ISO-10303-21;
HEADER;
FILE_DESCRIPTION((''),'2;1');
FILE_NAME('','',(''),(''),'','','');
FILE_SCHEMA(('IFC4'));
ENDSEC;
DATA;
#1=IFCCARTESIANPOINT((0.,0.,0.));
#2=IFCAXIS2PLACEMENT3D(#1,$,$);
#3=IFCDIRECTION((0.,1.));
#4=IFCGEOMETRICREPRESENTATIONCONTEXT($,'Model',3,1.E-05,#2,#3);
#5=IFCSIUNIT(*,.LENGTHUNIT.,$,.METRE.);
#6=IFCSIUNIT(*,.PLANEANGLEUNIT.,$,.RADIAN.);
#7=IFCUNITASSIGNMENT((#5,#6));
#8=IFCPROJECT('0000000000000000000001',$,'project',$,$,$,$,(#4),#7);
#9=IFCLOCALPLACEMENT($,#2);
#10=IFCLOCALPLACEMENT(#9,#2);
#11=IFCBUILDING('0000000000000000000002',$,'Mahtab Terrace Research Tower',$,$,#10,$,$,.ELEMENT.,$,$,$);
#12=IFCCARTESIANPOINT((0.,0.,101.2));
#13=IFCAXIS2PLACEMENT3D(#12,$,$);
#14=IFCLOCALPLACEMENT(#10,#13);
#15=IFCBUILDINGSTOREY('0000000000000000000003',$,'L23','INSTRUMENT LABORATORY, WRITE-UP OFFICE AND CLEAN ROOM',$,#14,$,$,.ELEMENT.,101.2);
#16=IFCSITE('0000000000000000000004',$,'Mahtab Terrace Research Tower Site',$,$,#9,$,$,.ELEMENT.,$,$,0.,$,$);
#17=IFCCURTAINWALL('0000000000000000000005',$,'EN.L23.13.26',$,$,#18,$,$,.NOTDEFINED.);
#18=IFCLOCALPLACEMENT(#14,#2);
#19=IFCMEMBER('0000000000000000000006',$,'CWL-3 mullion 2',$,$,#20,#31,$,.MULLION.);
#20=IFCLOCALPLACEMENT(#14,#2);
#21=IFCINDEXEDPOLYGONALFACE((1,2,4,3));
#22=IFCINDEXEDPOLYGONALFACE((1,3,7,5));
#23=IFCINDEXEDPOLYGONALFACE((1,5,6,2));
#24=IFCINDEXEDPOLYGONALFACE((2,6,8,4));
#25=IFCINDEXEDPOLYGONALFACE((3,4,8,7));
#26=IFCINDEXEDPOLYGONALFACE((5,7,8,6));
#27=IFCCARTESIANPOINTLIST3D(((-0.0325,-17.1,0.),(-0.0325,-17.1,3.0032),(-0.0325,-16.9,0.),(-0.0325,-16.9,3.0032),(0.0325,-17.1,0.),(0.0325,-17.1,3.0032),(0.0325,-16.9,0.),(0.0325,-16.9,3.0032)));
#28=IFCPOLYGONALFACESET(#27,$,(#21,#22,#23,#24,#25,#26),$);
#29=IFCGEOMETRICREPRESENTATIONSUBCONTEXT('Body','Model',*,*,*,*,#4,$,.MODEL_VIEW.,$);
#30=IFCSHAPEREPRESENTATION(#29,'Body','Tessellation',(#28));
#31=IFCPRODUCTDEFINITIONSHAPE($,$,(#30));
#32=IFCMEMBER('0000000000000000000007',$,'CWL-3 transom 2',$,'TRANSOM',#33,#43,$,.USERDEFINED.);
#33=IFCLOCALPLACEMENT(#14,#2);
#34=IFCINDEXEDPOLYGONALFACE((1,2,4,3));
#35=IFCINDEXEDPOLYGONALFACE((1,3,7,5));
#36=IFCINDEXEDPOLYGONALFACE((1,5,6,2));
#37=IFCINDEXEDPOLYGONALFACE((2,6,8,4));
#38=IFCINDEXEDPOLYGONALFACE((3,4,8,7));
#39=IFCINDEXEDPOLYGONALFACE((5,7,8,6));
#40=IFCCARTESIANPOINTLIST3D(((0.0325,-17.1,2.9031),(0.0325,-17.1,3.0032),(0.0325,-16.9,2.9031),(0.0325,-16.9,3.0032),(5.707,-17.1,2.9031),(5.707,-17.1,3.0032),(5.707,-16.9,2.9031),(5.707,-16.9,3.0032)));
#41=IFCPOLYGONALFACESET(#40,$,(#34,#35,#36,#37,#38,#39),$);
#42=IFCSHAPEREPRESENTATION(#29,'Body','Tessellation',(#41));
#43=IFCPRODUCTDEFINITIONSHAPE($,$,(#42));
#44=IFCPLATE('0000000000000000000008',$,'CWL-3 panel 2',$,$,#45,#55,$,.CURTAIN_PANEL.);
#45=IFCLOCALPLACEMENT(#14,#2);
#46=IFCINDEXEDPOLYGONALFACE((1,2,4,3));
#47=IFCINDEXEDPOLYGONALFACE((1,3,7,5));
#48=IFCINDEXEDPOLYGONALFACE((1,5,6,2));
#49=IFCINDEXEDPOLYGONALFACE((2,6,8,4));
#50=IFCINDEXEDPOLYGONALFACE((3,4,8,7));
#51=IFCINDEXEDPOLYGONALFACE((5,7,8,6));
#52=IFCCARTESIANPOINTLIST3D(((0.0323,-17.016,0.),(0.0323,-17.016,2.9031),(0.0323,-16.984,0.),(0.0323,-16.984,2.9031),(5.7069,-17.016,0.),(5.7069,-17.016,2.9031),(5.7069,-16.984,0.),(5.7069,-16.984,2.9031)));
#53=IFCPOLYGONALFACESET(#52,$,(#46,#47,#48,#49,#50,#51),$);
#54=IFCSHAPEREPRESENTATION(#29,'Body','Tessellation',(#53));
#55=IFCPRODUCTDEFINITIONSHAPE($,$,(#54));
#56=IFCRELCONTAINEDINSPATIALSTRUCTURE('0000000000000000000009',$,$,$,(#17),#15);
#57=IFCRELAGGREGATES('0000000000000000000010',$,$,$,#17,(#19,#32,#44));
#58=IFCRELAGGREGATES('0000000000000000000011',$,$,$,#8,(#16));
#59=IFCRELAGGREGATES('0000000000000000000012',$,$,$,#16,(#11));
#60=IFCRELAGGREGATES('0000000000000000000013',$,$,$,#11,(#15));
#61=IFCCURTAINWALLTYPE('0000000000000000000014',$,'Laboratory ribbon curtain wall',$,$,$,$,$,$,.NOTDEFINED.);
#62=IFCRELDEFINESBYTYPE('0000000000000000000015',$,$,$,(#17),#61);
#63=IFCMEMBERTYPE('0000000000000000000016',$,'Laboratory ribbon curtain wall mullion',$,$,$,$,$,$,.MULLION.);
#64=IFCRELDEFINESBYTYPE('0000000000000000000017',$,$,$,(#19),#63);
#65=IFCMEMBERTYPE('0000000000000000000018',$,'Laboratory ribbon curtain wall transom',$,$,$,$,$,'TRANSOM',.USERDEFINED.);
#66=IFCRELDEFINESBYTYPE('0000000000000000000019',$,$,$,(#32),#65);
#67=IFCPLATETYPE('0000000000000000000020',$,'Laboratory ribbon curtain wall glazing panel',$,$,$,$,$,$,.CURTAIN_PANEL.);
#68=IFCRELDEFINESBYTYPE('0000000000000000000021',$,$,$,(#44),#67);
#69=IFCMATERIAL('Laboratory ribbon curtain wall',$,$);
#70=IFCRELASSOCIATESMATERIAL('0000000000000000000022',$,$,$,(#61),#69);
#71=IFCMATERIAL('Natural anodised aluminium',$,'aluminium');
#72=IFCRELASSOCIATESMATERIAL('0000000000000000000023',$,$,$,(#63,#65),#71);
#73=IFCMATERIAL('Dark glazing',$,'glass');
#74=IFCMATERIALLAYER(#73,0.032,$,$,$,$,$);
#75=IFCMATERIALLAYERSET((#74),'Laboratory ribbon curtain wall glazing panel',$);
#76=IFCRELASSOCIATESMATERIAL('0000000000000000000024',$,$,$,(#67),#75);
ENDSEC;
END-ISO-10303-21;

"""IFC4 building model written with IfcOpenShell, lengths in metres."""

from ifc_helpers import new_model, si_unit, direction, frame, origin, origin_2d, place, context, subcontext, project, spatial, rectangle, extrude, material, layer, layer_set, material_profile, profile_set, type_object, element, aggregate, save


model = new_model("IFC4")

# Units and contexts
model_context = context("Model", 3, precision=1e-05, world=origin(), true_north=direction((0.0, 1.0)))
body_context = subcontext(model_context, "Body", "Model", "MODEL_VIEW")
ifc_project = project(units=[si_unit("LENGTHUNIT", "METRE"), si_unit("PLANEANGLEUNIT", "RADIAN")], contexts=[model_context])

# Site, building, storey
site_placement = place(None, origin())
site = spatial("IfcSite", under=ifc_project, at=site_placement, Name="Mahtab Terrace Research Tower Site", CompositionType="ELEMENT", RefElevation=0.0)
building_placement = place(site_placement, origin())
building = spatial("IfcBuilding", under=site, at=building_placement, Name="Mahtab Terrace Research Tower", CompositionType="ELEMENT")
storey_placement = place(building_placement, frame((0.0, 0.0, 101.2)))
storey = spatial("IfcBuildingStorey", under=building, at=storey_placement, Name="L23", Description="INSTRUMENT LABORATORY, WRITE-UP OFFICE AND CLEAN ROOM", CompositionType="ELEMENT", Elevation=101.2)

# Curtain wall, members, plate
ifc_material_1 = material(Name="Laboratory ribbon curtain wall")
curtain_wall_type = type_object("IfcCurtainWallType", Name="Laboratory ribbon curtain wall", PredefinedType="NOTDEFINED", material=ifc_material_1)
curtain_wall_placement = place(storey_placement, origin())
curtain_wall = element("IfcCurtainWall", 1, at=curtain_wall_placement, inside=storey, type_object=curtain_wall_type, Name="EN.L23.13.26", PredefinedType="NOTDEFINED")
ifc_material_2 = material(Name="Natural anodised aluminium", Category="aluminium")
ifc_material_profile_1 = material_profile(ifc_material_2, rectangle(XDim=0.2, YDim=0.0649, at=origin_2d()), Name="MULLION 65x200")
ifc_profile_set_1 = profile_set([ifc_material_profile_1], Name="Natural anodised aluminium")
member_type_1 = type_object("IfcMemberType", Name="Laboratory ribbon curtain wall mullion", PredefinedType="MULLION", material=ifc_profile_set_1)
member_1_placement = place(storey_placement, frame((0.0, -17.0, 0.0), z_axis=(0.0, 0.0, 1.0), x_axis=(0.0, 1.0, 0.0)))
member_1 = element("IfcMember", 2, at=member_1_placement, type_object=member_type_1, Name="CWL-3 mullion 2", PredefinedType="MULLION", context=body_context, shape_type="SweptSolid", body=[
    extrude(rectangle(XDim=0.2, YDim=0.0649, at=origin_2d()), origin(), (0.0, 0.0, 1.0), 3.0032),
])
ifc_material_profile_2 = material_profile(ifc_material_2, rectangle(XDim=0.2, YDim=0.1001, at=origin_2d()), Name="TRANSOM 100x200")
ifc_profile_set_2 = profile_set([ifc_material_profile_2], Name="Natural anodised aluminium")
member_type_2 = type_object("IfcMemberType", Name="Laboratory ribbon curtain wall transom", ElementType="TRANSOM", PredefinedType="USERDEFINED", material=ifc_profile_set_2)
member_2_placement = place(storey_placement, frame((0.0325, -17.0, 2.9531), z_axis=(1.0, 0.0, 0.0), x_axis=(0.0, 1.0, 0.0)))
member_2 = element("IfcMember", 3, at=member_2_placement, type_object=member_type_2, Name="CWL-3 transom 2", ObjectType="TRANSOM", PredefinedType="USERDEFINED", context=body_context, shape_type="SweptSolid", body=[
    extrude(rectangle(XDim=0.2, YDim=0.1001, at=origin_2d()), origin(), (0.0, 0.0, 1.0), 5.6746),
])
ifc_material_3 = material(Name="Dark glazing", Category="glass")
ifc_layer_1 = layer(ifc_material_3, 0.032)
ifc_layer_set_1 = layer_set([ifc_layer_1], Name="Laboratory ribbon curtain wall glazing panel")
plate_type = type_object("IfcPlateType", Name="Laboratory ribbon curtain wall glazing panel", PredefinedType="CURTAIN_PANEL", material=ifc_layer_set_1)
plate_placement = place(storey_placement, frame((2.8696, -17.0, 0.0), z_axis=(0.0, 0.0, 1.0), x_axis=(1.0, 0.0, 0.0)))
plate = element("IfcPlate", 4, at=plate_placement, type_object=plate_type, Name="CWL-3 panel 2", PredefinedType="CURTAIN_PANEL", context=body_context, shape_type="SweptSolid", body=[
    extrude(rectangle(XDim=5.6746, YDim=0.032, at=origin_2d()), origin(), (0.0, 0.0, 1.0), 2.9031),
])
aggregate(curtain_wall, [member_1, member_2, plate])

save(model, "model.ifc")
